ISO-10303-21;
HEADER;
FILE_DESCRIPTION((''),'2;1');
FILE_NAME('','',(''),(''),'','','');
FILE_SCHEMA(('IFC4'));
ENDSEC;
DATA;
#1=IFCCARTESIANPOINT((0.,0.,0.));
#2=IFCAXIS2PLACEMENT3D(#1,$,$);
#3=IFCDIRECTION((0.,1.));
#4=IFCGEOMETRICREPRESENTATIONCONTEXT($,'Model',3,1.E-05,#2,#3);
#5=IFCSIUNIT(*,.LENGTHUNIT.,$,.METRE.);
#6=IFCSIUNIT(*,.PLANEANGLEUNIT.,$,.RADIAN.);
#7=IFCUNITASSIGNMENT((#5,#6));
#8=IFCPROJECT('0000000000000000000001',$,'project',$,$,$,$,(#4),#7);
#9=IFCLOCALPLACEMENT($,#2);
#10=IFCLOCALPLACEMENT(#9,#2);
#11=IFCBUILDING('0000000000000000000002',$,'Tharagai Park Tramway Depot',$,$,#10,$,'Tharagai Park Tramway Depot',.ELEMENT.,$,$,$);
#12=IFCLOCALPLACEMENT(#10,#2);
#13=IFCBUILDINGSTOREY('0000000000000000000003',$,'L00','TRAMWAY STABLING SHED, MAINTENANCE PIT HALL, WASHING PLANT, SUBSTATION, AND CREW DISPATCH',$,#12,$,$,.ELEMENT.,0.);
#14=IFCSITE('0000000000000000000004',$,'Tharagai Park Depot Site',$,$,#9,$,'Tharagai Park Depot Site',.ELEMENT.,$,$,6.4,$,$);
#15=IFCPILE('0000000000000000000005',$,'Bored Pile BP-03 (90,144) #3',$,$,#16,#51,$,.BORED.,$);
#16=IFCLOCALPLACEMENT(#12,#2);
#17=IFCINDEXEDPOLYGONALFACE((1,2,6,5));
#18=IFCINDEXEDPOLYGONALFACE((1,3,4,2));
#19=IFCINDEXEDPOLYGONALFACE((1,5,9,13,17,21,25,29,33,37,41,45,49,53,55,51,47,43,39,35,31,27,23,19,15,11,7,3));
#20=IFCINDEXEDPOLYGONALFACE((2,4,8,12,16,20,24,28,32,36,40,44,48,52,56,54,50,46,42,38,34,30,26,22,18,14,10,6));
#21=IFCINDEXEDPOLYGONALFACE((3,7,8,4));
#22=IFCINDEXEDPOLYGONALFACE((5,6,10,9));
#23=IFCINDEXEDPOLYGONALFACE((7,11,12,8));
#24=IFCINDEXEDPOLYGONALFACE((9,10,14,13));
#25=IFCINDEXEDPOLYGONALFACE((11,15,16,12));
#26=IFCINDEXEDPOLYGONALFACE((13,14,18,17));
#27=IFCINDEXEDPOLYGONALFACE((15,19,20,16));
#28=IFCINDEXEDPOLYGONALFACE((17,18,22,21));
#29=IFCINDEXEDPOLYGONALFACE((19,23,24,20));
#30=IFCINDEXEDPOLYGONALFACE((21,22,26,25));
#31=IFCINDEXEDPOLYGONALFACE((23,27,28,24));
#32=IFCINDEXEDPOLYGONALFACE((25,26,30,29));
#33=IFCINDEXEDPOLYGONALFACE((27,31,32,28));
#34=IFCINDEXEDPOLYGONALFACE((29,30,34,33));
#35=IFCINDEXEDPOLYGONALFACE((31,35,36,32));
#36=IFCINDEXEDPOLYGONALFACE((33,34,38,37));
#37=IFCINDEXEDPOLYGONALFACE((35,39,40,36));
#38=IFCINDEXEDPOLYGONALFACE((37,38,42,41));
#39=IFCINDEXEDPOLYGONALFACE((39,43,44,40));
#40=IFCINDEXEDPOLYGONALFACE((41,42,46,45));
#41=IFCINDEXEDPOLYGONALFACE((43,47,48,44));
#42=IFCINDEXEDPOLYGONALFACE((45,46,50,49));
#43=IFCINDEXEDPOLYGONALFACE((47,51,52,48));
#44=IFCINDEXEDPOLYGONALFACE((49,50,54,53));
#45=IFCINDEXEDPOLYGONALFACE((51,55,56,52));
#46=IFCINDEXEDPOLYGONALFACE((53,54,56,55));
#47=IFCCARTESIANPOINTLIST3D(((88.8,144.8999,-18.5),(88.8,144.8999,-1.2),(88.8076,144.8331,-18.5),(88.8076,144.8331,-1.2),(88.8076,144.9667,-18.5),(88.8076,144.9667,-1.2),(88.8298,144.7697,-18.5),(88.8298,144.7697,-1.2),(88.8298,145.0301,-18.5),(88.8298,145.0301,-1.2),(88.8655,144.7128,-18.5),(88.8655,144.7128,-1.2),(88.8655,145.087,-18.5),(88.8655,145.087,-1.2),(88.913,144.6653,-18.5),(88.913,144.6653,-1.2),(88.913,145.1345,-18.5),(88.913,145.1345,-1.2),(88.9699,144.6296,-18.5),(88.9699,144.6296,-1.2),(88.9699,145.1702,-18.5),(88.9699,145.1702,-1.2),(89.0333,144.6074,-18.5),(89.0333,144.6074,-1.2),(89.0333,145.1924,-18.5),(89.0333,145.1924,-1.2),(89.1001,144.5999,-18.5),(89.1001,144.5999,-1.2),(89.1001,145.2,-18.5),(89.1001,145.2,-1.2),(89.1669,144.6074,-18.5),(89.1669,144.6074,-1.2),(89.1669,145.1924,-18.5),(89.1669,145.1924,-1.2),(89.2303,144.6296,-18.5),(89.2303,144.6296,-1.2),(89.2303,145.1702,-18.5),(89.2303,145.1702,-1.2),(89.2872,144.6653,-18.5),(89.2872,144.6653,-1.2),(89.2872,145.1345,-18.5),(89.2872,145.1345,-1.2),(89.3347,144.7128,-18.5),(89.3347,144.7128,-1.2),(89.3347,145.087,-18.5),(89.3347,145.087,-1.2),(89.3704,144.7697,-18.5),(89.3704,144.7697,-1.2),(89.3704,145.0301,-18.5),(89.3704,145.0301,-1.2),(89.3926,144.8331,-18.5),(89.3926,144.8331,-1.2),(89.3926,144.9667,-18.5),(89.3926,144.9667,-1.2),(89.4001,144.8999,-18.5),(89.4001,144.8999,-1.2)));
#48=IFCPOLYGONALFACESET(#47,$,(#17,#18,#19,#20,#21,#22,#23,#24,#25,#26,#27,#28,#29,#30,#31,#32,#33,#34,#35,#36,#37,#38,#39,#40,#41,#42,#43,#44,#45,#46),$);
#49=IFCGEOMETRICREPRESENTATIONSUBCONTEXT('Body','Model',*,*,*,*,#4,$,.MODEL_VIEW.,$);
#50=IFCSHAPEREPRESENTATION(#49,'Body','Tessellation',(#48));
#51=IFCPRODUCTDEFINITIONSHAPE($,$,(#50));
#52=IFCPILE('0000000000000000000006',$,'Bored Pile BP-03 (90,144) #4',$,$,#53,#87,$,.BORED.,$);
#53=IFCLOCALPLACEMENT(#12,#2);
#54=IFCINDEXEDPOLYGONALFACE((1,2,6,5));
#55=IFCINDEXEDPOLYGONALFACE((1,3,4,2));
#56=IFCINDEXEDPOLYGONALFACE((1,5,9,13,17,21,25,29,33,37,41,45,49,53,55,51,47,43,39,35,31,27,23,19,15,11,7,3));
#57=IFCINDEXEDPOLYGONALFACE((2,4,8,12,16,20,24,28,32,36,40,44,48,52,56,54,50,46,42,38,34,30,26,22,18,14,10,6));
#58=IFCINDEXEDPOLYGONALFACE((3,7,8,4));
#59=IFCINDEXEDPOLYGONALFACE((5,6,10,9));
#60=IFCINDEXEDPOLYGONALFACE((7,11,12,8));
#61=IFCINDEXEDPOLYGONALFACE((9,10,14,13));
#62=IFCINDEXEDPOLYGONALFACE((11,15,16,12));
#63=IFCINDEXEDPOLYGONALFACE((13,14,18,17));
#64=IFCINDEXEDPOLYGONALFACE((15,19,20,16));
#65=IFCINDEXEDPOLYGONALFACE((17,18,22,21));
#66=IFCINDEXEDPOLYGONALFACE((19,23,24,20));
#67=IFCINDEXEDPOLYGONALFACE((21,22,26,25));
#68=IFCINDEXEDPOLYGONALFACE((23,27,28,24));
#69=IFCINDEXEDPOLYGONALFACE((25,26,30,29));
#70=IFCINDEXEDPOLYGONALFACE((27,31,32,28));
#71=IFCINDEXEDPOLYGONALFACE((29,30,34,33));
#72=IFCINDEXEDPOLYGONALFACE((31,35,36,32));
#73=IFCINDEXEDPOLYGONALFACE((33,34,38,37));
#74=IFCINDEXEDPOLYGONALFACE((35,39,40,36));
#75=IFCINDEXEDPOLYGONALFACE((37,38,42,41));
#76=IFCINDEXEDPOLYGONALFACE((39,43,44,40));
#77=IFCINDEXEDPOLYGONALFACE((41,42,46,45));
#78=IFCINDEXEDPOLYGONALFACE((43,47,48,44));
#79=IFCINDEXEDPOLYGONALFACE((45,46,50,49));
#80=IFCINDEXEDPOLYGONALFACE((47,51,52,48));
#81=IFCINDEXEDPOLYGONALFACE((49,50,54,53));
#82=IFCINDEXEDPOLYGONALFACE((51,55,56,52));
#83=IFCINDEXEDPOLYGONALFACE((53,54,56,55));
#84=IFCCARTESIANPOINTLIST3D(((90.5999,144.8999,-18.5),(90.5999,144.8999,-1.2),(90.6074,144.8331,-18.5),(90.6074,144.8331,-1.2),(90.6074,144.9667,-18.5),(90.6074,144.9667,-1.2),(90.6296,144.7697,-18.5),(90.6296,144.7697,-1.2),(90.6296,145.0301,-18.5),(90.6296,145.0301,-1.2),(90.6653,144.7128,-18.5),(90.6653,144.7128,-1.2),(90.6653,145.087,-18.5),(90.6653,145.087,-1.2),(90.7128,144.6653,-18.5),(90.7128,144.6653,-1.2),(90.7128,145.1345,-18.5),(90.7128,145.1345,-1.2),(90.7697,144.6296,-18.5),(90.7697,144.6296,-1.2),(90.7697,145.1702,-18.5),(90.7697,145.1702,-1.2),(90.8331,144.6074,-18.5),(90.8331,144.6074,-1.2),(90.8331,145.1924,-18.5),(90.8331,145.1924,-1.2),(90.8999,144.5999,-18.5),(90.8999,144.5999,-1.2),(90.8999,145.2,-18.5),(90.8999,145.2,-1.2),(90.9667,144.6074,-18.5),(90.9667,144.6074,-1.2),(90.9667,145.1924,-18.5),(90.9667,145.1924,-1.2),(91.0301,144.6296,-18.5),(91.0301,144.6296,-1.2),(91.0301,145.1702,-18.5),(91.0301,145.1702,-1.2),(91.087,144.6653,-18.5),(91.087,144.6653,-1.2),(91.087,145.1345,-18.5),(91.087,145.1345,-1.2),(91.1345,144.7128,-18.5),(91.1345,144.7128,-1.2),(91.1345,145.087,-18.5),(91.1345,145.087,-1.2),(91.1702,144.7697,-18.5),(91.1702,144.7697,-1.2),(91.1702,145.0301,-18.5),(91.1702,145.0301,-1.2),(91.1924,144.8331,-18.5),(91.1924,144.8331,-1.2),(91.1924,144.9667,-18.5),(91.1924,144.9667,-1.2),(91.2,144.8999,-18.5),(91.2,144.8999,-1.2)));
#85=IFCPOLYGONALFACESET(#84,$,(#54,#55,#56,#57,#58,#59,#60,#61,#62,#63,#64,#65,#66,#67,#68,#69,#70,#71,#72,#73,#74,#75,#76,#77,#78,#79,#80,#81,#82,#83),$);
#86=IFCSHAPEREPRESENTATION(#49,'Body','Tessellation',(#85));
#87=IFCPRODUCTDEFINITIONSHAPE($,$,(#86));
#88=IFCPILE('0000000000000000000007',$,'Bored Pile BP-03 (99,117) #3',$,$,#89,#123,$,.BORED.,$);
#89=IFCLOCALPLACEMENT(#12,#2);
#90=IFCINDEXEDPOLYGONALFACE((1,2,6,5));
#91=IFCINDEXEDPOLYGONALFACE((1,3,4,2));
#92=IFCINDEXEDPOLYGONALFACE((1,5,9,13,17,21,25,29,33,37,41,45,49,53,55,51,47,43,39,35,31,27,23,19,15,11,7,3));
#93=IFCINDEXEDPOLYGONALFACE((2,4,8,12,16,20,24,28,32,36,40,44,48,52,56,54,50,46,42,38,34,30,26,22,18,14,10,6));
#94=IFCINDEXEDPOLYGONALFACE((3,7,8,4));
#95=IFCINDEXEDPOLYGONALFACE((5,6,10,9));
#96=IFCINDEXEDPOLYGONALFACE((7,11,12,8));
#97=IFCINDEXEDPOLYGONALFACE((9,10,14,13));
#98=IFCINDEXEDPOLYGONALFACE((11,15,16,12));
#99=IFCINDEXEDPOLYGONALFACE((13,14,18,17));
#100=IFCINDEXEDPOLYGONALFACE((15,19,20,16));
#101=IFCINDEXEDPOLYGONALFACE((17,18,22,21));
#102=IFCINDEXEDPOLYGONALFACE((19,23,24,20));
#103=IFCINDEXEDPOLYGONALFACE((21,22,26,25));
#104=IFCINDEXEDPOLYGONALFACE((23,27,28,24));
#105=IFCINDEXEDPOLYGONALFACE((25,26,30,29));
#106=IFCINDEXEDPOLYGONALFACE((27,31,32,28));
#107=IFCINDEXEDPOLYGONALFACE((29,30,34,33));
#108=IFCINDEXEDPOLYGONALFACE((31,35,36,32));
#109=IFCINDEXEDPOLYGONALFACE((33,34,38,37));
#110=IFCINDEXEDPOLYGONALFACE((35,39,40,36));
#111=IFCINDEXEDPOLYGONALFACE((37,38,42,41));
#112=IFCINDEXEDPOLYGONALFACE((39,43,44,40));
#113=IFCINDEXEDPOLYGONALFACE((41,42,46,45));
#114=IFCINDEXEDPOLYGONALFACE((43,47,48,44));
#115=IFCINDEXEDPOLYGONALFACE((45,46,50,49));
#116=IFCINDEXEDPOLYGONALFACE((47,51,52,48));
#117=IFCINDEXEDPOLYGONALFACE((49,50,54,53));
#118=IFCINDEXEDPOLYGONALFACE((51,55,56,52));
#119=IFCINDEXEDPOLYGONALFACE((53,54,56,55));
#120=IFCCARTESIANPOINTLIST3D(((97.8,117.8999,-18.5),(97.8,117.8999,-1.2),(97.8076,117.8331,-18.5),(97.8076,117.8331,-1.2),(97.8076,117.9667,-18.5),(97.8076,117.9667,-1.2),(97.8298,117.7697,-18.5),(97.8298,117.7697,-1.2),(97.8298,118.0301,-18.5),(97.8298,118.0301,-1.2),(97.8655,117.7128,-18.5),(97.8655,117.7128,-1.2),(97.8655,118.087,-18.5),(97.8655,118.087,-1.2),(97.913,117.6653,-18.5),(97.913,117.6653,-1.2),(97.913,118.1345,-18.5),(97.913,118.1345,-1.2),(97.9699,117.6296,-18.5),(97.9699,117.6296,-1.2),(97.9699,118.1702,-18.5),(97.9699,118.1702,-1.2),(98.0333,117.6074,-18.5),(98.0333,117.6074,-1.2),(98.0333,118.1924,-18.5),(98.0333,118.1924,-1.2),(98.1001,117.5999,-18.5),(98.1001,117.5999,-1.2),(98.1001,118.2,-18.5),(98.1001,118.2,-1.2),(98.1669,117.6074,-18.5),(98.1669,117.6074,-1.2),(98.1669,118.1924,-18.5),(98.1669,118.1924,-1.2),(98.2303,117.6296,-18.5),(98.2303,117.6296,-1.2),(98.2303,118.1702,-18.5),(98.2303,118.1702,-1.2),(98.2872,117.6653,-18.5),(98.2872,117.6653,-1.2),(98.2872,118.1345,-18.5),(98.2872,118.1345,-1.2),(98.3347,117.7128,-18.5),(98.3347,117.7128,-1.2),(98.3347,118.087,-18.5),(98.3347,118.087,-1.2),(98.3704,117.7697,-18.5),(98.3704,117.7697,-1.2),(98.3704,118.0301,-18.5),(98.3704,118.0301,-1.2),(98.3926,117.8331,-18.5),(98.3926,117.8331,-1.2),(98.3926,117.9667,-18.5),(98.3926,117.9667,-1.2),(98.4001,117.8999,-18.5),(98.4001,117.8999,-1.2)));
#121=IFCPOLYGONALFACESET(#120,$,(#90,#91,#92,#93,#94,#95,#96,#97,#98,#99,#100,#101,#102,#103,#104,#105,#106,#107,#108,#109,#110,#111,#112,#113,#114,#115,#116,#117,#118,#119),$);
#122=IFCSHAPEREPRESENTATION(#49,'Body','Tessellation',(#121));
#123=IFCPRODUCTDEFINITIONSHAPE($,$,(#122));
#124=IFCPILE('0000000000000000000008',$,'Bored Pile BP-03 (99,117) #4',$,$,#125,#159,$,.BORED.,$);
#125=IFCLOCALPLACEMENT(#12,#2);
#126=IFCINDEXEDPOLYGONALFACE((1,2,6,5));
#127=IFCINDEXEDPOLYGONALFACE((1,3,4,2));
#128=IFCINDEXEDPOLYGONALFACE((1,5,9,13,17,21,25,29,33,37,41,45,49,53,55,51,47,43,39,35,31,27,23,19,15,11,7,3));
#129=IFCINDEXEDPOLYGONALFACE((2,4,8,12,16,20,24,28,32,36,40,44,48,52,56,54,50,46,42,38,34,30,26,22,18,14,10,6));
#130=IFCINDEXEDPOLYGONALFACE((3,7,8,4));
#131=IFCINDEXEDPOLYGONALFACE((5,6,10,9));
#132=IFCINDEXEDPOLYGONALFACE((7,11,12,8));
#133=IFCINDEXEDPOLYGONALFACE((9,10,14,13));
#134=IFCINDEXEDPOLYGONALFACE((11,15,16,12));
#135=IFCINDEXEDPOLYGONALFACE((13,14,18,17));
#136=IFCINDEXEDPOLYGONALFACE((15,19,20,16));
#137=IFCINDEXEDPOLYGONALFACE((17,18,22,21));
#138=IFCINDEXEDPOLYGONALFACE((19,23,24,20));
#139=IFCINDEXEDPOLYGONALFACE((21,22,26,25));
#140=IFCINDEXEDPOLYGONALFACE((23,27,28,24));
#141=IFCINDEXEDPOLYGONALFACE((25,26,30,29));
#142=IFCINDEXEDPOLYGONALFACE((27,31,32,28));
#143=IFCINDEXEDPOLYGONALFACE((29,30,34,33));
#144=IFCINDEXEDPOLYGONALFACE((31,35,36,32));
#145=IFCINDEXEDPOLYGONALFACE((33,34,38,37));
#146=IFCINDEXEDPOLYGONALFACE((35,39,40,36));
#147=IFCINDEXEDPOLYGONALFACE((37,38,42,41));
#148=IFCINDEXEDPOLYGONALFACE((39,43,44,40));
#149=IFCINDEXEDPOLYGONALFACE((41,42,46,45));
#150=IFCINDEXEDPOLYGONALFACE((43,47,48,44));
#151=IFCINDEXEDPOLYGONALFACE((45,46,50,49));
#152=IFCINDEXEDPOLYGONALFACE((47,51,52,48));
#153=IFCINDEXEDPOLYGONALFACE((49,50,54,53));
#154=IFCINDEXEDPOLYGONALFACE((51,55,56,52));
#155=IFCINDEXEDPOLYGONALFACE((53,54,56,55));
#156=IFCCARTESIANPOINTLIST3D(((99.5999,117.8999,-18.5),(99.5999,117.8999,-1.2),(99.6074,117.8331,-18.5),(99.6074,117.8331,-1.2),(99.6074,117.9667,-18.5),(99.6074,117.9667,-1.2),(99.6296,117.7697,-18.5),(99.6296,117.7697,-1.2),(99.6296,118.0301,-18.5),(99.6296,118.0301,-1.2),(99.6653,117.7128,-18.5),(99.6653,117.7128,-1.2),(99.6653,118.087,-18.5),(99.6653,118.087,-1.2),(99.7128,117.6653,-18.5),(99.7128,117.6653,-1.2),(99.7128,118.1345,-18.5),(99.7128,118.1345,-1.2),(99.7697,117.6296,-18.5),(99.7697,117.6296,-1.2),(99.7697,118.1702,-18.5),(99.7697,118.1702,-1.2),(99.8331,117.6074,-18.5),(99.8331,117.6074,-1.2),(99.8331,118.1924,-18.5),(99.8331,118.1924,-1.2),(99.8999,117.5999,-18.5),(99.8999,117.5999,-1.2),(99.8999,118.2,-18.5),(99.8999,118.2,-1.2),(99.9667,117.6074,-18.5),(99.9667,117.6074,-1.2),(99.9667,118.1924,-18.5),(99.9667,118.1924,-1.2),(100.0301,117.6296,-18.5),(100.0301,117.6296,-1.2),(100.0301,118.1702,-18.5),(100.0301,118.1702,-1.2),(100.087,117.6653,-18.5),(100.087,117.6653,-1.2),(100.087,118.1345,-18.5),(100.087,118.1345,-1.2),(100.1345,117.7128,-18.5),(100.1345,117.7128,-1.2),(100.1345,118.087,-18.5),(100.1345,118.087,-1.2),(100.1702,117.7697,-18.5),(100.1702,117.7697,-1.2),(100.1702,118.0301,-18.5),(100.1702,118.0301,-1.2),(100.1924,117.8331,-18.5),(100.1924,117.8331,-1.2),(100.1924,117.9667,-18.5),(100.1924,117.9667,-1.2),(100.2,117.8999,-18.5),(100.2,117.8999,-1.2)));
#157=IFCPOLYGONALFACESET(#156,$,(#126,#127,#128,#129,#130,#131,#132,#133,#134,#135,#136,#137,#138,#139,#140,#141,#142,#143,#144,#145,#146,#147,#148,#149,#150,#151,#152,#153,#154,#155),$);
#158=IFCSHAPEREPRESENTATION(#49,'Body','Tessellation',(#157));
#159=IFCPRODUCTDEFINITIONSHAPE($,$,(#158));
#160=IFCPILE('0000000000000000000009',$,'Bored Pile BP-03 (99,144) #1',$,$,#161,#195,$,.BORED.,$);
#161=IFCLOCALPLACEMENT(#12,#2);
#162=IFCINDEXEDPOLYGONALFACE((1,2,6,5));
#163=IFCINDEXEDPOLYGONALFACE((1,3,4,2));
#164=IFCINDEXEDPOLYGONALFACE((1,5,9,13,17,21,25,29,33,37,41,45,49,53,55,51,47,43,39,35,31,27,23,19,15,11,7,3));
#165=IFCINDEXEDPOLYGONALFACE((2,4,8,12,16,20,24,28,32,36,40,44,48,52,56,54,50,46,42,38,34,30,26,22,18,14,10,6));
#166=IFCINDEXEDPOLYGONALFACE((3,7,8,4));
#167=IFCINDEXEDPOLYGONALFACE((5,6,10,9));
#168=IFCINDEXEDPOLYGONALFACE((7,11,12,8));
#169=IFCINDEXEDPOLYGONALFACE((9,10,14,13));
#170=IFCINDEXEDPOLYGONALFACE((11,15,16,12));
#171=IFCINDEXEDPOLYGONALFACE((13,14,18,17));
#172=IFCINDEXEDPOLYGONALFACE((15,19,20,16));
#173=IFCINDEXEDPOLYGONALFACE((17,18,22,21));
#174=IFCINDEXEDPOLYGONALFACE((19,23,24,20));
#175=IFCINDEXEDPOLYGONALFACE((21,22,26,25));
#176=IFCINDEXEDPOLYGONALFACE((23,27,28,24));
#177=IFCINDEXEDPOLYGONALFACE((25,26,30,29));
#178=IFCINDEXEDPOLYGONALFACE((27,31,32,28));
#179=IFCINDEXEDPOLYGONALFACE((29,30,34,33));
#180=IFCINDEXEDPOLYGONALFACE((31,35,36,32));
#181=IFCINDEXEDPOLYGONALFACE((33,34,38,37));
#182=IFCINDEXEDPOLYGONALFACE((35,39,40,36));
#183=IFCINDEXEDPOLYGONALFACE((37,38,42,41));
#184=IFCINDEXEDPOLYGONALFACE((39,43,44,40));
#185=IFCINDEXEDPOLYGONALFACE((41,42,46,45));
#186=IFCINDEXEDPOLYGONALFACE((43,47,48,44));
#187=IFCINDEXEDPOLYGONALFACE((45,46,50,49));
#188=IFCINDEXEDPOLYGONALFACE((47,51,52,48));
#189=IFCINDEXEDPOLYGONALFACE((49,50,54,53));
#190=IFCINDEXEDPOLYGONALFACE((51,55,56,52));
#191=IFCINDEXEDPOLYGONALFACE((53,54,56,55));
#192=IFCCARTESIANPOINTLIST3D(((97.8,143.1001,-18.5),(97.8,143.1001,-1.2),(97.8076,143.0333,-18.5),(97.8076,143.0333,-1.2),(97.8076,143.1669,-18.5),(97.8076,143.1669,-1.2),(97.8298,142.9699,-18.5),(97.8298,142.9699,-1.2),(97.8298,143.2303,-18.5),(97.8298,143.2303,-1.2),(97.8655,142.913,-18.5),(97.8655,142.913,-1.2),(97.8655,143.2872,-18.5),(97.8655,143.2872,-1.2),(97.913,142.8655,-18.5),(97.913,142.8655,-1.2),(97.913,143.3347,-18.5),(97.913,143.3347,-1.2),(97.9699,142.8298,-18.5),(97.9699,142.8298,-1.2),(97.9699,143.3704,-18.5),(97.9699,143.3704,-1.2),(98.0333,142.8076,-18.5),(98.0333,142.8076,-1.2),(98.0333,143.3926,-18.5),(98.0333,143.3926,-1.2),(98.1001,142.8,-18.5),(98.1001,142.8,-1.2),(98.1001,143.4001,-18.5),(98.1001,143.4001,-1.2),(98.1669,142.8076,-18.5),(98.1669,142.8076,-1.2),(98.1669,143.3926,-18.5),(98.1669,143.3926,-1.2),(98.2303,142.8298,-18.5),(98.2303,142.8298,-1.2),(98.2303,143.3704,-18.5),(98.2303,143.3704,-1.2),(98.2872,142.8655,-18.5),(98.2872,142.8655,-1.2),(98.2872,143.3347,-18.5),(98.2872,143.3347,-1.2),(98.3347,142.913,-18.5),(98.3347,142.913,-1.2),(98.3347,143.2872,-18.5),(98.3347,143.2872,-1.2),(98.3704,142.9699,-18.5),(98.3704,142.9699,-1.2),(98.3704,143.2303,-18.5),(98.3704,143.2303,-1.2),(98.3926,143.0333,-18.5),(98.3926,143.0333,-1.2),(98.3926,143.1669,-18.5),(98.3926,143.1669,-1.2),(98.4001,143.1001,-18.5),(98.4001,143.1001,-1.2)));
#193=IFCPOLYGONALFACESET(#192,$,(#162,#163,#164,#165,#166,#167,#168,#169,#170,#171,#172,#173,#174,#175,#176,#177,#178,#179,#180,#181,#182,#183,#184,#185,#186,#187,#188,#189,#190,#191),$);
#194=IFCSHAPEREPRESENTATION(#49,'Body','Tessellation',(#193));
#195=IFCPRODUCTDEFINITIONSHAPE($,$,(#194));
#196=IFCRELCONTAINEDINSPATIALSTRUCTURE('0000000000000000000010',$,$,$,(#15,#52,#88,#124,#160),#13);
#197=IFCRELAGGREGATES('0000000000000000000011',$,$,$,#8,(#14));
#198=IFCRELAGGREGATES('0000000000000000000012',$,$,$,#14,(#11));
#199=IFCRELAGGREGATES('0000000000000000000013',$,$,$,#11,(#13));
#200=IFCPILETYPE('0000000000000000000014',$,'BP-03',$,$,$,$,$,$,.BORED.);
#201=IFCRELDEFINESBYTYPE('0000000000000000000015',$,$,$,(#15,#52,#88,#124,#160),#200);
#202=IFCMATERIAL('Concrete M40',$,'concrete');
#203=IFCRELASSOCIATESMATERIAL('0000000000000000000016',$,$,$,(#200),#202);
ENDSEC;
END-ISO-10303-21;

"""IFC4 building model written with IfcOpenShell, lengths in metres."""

from ifc_helpers import new_model, si_unit, direction, frame, origin, origin_2d, place, context, subcontext, project, spatial, circle, extrude, material, material_profile, profile_set, type_object, element, save


model = new_model("IFC4")

# Units and contexts
model_context = context("Model", 3, precision=1e-05, world=origin(), true_north=direction((0.0, 1.0)))
body_context = subcontext(model_context, "Body", "Model", "MODEL_VIEW")
ifc_project = project(units=[si_unit("LENGTHUNIT", "METRE"), si_unit("PLANEANGLEUNIT", "RADIAN")], contexts=[model_context])

# Site, building, storey
site_placement = place(None, origin())
site = spatial("IfcSite", under=ifc_project, at=site_placement, Name="Tharagai Park Depot Site", LongName="Tharagai Park Depot Site", CompositionType="ELEMENT", RefElevation=6.4)
building_placement = place(site_placement, origin())
building = spatial("IfcBuilding", under=site, at=building_placement, Name="Tharagai Park Tramway Depot", LongName="Tharagai Park Tramway Depot", CompositionType="ELEMENT")
storey_placement = place(building_placement, origin())
storey = spatial("IfcBuildingStorey", under=building, at=storey_placement, Name="L00", Description="TRAMWAY STABLING SHED, MAINTENANCE PIT HALL, WASHING PLANT, SUBSTATION, AND CREW DISPATCH", CompositionType="ELEMENT", Elevation=0.0)

# Piles
ifc_material_1 = material(Name="Concrete M40", Category="concrete")
ifc_material_profile_1 = material_profile(ifc_material_1, circle(Radius=0.3, at=origin_2d()), Name="PILE D600")
ifc_profile_set_1 = profile_set([ifc_material_profile_1], Name="Concrete M40")
pile_type = type_object("IfcPileType", Name="BP-03", PredefinedType="BORED", material=ifc_profile_set_1)
for number, where, z_axis, x_axis, name in (
    (1, (89.1001, 144.8999, -1.2), (0.0, 0.0, -1.0), (1.0, 0.0, 0.0), "Bored Pile BP-03 (90,144) #3"),
    (2, (90.8999, 144.8999, -1.2), (0.0, 0.0, -1.0), (1.0, 0.0, 0.0), "Bored Pile BP-03 (90,144) #4"),
    (3, (98.1001, 117.8999, -1.2), (0.0, 0.0, -1.0), (1.0, 0.0, 0.0), "Bored Pile BP-03 (99,117) #3"),
    (4, (99.8999, 117.8999, -1.2), (0.0, 0.0, -1.0), (1.0, 0.0, 0.0), "Bored Pile BP-03 (99,117) #4"),
    (5, (98.1001, 143.1001, -1.2), (0.0, 0.0, -1.0), (1.0, 0.0, 0.0), "Bored Pile BP-03 (99,144) #1"),
):
    element("IfcPile", number, at=place(storey_placement, frame(where, z_axis=z_axis, x_axis=x_axis)), inside=storey, type_object=pile_type, Name=name, PredefinedType="BORED", context=body_context, shape_type="SweptSolid", body=[
        extrude(circle(Radius=0.3, at=origin_2d()), origin(), (0.0, 0.0, 1.0), 17.3),
    ])

save(model, "model.ifc")
